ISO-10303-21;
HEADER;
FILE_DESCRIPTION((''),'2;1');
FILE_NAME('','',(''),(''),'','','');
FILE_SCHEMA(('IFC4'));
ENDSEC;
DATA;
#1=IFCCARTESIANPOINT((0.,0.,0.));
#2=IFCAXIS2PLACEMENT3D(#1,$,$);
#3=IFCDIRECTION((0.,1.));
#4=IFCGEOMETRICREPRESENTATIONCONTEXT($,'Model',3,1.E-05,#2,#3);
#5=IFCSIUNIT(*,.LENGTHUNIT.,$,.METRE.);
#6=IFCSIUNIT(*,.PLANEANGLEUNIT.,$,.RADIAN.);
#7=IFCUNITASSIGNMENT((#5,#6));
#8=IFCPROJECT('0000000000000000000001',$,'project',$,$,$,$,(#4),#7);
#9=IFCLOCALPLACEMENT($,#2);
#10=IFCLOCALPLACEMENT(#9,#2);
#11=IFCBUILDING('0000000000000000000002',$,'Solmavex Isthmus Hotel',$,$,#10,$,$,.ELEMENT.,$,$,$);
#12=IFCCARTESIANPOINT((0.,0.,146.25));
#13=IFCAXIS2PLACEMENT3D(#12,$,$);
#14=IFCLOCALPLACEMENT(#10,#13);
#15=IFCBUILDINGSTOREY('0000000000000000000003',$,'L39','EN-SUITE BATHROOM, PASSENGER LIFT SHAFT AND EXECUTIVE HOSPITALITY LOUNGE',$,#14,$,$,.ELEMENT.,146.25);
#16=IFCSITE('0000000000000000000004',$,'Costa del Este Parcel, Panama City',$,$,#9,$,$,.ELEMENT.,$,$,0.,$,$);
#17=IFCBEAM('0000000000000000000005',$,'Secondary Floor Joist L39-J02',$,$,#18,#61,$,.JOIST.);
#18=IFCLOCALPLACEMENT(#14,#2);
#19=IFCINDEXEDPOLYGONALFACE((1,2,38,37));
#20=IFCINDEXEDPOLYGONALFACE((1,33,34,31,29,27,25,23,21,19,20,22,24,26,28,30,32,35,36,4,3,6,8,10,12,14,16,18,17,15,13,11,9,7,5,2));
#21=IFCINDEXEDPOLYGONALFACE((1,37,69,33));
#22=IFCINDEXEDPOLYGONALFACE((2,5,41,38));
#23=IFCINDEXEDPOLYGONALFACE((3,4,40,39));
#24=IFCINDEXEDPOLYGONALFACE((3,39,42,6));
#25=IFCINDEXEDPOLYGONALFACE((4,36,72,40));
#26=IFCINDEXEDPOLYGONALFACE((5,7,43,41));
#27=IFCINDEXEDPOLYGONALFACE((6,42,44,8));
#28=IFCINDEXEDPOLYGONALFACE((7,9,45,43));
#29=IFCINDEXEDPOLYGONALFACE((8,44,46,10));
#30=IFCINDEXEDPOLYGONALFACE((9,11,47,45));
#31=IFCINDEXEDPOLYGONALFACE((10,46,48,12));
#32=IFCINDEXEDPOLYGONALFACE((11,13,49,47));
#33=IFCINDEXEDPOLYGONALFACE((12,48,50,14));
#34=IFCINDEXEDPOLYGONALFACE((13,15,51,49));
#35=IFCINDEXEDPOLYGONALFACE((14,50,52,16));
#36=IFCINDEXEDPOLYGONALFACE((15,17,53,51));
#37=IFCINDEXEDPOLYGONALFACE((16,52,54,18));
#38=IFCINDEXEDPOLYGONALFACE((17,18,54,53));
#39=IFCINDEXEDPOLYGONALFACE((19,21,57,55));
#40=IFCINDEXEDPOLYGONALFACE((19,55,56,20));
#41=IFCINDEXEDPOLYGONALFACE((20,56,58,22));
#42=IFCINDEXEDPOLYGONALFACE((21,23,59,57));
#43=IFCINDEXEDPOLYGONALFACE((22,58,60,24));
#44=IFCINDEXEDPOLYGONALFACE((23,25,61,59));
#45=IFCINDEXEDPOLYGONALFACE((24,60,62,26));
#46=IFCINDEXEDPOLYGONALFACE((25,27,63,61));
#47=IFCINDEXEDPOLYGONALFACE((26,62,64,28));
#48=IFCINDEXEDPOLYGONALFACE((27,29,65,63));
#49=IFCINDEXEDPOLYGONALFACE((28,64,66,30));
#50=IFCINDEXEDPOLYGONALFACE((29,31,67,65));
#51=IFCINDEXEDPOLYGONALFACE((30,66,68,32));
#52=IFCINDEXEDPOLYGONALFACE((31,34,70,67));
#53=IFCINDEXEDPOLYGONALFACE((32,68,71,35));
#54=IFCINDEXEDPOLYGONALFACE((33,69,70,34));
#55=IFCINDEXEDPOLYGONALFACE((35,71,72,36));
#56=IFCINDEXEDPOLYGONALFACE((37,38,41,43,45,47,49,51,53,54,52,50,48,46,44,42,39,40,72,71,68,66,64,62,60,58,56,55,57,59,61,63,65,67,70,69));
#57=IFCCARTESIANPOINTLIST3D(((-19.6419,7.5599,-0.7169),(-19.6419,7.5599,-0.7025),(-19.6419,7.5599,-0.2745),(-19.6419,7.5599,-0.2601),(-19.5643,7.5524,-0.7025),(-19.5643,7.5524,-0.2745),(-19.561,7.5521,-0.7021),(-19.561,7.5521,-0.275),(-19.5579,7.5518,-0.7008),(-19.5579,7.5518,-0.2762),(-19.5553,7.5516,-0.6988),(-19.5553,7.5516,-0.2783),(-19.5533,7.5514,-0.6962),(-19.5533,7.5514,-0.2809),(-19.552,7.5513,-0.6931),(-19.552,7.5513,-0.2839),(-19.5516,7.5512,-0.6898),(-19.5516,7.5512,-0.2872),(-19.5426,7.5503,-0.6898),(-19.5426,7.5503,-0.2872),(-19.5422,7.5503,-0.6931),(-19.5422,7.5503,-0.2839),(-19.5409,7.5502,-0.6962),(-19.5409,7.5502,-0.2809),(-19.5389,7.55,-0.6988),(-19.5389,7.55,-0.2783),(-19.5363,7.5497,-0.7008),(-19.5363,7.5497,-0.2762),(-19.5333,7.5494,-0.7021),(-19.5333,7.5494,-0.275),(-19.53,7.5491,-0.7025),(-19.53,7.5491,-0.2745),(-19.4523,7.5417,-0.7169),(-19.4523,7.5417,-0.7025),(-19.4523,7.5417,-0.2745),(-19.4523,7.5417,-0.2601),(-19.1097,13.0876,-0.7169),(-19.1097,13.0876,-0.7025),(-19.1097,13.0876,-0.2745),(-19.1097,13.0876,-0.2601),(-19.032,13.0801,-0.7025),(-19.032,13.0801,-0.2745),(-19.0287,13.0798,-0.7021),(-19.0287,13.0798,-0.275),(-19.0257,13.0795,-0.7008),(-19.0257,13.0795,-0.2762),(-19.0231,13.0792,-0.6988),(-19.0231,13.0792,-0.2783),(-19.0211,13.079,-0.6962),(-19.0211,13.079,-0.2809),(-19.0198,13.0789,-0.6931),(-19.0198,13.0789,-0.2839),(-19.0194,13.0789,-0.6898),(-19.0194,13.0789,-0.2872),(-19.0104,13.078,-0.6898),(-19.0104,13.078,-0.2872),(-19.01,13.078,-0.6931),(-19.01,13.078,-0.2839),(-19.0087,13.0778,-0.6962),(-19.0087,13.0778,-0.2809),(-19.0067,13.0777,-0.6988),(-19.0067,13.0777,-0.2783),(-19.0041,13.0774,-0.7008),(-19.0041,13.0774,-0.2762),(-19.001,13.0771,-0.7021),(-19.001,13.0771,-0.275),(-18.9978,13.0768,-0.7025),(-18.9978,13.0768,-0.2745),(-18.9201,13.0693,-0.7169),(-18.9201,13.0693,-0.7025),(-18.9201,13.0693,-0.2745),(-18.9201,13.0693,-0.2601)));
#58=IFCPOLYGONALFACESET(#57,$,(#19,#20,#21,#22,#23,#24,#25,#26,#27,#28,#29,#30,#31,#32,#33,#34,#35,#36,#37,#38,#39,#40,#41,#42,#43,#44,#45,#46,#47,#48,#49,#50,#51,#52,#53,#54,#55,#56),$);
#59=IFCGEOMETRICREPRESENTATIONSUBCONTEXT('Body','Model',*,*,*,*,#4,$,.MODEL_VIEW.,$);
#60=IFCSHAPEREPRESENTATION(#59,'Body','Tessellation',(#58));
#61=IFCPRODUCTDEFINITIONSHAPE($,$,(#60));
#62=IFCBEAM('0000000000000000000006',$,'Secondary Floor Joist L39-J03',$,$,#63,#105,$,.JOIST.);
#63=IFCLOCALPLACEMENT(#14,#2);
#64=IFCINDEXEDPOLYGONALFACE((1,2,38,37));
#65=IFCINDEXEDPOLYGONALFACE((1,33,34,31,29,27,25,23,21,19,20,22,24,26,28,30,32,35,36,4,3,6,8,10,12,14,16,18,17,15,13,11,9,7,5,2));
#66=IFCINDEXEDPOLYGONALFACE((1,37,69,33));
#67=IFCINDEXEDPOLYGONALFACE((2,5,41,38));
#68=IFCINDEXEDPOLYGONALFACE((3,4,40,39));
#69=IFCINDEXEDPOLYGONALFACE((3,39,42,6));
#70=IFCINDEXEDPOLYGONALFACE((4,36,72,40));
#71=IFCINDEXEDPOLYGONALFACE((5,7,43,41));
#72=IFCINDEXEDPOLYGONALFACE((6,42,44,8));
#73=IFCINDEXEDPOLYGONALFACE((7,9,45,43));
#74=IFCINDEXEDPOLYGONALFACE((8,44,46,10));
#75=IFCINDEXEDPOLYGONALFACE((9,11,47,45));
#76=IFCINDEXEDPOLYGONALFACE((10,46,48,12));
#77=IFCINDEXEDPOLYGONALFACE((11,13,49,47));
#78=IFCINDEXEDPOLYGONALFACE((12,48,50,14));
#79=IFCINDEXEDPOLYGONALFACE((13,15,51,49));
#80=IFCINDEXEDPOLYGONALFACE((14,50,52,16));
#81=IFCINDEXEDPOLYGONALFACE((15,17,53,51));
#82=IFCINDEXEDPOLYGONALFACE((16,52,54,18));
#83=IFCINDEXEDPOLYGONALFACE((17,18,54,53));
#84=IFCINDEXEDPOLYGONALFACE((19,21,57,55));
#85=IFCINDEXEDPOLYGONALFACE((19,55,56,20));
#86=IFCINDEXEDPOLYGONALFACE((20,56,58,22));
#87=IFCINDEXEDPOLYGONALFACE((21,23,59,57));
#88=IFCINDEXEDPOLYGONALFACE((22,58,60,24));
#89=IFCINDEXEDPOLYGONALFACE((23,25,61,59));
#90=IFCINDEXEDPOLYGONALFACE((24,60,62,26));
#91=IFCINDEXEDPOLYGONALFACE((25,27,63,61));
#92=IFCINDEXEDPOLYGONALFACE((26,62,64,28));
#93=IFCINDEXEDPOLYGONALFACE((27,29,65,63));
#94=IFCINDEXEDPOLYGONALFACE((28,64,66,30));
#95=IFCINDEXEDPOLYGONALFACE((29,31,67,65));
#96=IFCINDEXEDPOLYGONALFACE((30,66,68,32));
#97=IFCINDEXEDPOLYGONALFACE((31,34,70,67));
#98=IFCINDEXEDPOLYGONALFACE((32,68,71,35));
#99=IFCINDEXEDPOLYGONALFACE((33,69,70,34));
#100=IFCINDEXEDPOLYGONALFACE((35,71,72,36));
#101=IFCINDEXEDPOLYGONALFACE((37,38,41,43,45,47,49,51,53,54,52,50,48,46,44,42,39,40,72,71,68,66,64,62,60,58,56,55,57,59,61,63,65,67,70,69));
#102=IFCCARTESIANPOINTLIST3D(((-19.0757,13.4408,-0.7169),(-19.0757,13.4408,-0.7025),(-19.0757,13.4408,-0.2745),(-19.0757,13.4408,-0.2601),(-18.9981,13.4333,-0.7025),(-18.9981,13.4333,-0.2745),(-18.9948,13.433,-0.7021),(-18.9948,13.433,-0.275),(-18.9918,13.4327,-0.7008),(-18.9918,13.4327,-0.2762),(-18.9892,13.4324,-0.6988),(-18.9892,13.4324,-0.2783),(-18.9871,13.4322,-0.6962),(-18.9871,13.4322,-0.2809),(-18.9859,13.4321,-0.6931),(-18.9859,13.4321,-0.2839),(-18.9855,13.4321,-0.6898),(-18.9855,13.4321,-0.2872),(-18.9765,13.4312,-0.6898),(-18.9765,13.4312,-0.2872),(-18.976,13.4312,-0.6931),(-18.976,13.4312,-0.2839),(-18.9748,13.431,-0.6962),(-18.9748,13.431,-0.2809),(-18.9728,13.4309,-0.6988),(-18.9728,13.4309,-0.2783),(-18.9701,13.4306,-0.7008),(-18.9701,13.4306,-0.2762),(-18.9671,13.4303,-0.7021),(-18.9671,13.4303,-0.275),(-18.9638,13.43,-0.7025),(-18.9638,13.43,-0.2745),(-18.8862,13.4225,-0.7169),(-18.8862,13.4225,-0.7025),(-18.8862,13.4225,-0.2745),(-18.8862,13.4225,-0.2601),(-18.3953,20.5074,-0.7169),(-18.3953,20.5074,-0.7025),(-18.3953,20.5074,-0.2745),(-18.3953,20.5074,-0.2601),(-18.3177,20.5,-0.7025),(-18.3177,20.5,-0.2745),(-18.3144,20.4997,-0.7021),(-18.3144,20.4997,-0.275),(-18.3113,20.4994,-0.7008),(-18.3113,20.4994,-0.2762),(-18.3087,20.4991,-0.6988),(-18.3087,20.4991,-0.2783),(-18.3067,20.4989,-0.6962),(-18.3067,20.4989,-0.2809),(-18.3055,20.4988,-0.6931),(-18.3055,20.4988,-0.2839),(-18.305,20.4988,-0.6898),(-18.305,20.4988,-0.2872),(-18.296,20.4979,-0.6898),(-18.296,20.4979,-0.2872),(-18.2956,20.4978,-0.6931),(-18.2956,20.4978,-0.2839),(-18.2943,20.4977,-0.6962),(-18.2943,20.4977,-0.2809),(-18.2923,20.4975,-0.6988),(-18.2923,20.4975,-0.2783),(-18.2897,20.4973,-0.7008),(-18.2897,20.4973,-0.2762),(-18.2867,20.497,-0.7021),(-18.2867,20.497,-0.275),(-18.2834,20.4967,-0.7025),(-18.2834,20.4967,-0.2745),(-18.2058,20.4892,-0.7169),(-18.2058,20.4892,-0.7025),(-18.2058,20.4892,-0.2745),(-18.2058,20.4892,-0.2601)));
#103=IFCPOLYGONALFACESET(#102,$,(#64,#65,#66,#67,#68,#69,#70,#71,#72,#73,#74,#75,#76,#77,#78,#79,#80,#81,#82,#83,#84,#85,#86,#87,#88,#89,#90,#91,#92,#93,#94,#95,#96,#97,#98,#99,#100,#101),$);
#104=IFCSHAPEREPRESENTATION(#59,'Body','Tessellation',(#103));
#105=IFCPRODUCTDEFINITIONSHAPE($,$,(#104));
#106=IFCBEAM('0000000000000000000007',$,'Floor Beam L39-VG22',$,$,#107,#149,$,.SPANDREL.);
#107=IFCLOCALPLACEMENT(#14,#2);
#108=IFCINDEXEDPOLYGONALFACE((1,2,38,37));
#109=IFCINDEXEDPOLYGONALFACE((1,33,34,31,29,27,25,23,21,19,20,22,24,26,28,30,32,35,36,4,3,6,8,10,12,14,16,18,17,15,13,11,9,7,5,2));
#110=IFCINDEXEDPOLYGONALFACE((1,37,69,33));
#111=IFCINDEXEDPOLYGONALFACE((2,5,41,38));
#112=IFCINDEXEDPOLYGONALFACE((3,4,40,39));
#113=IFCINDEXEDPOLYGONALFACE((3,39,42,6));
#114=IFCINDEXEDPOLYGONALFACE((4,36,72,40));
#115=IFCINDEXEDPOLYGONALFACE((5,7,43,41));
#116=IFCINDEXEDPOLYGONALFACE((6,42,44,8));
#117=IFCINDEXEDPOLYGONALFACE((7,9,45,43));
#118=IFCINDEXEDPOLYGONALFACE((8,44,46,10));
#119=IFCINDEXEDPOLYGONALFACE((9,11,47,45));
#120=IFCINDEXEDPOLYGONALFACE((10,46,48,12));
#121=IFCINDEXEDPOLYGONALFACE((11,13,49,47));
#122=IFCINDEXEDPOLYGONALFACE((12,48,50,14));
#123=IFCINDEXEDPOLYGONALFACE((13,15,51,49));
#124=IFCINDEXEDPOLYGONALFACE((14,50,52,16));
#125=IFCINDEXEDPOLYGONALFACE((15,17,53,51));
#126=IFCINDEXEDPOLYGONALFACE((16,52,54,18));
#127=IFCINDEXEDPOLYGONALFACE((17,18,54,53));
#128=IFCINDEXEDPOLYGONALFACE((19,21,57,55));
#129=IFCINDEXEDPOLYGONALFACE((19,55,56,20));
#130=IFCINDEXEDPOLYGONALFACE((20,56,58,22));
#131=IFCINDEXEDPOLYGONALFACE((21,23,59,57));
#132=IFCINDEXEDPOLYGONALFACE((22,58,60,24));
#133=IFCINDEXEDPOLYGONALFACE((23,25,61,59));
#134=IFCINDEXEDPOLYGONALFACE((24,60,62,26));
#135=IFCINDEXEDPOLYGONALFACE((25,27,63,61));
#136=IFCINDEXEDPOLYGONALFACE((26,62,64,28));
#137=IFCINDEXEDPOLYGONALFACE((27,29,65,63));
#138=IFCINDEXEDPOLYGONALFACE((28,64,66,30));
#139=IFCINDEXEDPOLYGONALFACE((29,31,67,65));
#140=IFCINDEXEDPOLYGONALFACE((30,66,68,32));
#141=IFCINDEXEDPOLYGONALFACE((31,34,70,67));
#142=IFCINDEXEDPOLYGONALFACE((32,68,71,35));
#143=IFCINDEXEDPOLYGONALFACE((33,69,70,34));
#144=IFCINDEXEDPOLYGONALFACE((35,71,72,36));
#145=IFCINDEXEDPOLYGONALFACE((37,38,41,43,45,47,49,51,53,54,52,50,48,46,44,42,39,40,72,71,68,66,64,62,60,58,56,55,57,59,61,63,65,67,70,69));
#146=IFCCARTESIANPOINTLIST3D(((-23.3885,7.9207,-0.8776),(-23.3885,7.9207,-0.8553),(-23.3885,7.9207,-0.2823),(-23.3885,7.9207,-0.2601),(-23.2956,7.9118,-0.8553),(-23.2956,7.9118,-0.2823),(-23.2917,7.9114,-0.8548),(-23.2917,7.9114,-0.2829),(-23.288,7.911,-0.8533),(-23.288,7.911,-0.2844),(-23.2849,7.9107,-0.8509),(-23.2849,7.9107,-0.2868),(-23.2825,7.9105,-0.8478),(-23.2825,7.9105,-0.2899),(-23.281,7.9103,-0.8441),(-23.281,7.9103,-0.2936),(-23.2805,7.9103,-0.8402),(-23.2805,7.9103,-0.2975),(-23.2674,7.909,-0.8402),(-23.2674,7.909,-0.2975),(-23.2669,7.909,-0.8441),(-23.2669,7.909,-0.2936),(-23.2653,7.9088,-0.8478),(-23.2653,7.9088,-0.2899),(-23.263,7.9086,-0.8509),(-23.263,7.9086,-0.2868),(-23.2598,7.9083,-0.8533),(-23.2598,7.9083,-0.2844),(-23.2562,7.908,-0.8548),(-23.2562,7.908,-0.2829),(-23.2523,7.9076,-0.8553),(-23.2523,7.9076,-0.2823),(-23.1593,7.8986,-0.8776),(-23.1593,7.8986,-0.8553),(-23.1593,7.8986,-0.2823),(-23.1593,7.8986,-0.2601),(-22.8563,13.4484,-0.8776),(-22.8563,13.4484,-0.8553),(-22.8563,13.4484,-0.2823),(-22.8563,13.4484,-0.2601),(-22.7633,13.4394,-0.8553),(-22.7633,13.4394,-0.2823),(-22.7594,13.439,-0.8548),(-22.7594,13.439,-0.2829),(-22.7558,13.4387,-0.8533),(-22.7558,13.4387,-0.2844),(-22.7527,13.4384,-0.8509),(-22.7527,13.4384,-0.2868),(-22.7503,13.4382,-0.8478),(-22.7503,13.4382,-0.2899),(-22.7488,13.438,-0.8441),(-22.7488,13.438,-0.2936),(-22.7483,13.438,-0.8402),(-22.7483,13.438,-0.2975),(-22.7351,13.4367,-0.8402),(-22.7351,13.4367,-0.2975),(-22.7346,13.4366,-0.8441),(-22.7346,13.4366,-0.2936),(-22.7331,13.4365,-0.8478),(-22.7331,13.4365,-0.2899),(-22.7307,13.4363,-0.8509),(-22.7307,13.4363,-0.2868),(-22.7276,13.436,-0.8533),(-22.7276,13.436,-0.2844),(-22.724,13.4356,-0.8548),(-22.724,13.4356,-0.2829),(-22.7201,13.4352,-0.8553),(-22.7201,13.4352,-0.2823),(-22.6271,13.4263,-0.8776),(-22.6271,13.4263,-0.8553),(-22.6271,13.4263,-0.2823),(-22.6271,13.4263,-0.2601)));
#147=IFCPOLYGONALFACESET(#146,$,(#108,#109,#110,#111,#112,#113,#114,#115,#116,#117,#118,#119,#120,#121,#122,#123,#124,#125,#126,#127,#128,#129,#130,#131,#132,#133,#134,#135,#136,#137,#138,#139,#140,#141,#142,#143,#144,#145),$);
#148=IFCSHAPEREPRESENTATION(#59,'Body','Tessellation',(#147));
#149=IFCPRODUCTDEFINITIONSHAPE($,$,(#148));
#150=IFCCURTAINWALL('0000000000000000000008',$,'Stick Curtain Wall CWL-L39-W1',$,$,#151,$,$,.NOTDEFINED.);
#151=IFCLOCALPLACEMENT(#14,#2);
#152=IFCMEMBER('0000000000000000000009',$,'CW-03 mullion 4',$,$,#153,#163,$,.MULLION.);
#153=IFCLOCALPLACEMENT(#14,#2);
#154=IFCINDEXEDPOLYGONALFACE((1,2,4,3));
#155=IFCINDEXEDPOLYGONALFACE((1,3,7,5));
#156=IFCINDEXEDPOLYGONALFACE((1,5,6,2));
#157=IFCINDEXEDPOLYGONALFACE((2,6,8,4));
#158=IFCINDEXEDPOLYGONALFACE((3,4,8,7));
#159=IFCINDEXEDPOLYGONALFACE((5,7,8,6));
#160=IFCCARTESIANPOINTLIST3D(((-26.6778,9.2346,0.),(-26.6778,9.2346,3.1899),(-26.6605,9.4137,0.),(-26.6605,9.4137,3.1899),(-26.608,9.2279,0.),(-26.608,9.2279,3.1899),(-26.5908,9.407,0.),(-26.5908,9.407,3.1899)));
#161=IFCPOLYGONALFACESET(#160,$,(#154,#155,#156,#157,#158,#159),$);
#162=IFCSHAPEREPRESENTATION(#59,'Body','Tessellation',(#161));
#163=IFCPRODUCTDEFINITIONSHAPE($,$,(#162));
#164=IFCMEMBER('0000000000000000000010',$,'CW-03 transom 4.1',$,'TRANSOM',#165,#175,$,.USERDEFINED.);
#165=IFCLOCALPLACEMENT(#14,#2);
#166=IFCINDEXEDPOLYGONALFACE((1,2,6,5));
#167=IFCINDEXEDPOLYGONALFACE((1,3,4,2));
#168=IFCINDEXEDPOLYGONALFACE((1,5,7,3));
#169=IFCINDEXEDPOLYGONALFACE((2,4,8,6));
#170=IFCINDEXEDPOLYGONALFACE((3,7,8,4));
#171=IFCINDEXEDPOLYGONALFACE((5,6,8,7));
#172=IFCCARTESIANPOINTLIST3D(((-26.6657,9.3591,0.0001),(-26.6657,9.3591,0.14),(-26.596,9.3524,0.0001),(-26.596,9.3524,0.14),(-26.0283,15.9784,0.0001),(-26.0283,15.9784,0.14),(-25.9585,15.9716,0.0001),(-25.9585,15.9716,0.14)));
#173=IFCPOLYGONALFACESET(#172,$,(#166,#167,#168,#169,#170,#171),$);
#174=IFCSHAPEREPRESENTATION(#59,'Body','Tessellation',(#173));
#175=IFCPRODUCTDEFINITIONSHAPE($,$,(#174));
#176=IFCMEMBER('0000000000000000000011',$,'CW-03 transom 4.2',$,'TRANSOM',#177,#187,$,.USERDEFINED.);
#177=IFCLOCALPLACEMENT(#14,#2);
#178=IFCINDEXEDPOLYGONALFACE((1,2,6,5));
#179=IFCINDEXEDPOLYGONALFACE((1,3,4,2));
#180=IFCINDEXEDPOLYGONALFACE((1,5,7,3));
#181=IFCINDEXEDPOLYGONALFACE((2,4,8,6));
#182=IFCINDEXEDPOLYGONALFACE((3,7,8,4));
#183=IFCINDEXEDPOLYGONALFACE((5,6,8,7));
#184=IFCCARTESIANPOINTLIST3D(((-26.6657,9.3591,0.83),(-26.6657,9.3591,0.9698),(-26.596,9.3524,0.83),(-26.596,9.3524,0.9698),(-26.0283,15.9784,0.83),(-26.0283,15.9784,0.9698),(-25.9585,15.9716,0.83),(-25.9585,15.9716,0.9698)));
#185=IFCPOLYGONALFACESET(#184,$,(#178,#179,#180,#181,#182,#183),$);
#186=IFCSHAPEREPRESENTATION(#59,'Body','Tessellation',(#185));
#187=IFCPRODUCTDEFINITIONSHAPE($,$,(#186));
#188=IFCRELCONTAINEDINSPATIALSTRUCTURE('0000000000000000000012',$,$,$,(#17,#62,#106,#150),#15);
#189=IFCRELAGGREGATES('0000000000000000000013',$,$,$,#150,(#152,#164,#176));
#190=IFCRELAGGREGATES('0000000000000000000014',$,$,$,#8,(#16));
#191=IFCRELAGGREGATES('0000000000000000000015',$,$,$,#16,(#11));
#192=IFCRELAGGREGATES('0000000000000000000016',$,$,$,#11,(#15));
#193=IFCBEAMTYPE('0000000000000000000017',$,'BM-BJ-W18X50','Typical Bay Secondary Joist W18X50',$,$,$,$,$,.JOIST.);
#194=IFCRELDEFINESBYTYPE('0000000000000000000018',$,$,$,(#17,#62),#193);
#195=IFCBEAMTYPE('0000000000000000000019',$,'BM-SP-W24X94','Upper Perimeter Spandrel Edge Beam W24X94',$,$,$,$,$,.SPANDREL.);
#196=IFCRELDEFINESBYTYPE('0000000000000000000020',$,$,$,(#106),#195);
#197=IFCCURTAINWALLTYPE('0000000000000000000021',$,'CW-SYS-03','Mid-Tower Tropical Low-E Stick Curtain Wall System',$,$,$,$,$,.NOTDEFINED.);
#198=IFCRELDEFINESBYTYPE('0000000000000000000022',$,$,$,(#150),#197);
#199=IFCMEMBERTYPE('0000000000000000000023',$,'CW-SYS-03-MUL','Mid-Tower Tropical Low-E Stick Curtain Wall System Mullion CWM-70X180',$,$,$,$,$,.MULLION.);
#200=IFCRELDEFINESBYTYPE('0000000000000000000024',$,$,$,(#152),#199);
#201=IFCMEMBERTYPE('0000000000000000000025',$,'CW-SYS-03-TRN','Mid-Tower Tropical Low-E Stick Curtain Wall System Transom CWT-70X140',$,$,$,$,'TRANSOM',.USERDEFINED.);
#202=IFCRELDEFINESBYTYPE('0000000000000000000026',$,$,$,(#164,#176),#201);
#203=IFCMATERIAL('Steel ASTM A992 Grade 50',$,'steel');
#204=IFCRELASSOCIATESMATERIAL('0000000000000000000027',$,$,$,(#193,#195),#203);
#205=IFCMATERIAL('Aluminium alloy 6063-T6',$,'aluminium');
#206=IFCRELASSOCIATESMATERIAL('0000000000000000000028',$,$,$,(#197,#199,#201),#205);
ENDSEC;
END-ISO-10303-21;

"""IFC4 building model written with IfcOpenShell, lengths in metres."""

from ifc_helpers import new_model, si_unit, direction, frame, origin, origin_2d, place, context, subcontext, project, spatial, rectangle, i_section, extrude, material, material_profile, profile_set, type_object, element, aggregate, save


model = new_model("IFC4")

# Units and contexts
model_context = context("Model", 3, precision=1e-05, world=origin(), true_north=direction((0.0, 1.0)))
body_context = subcontext(model_context, "Body", "Model", "MODEL_VIEW")
ifc_project = project(units=[si_unit("LENGTHUNIT", "METRE"), si_unit("PLANEANGLEUNIT", "RADIAN")], contexts=[model_context])

# Site, building, storey
site_placement = place(None, origin())
site = spatial("IfcSite", under=ifc_project, at=site_placement, Name="Costa del Este Parcel, Panama City", CompositionType="ELEMENT", RefElevation=0.0)
building_placement = place(site_placement, origin())
building = spatial("IfcBuilding", under=site, at=building_placement, Name="Solmavex Isthmus Hotel", CompositionType="ELEMENT")
storey_placement = place(building_placement, frame((0.0, 0.0, 146.25)))
storey = spatial("IfcBuildingStorey", under=building, at=storey_placement, Name="L39", Description="EN-SUITE BATHROOM, PASSENGER LIFT SHAFT AND EXECUTIVE HOSPITALITY LOUNGE", CompositionType="ELEMENT", Elevation=146.25)

# Beams
ifc_material_1 = material(Name="Steel ASTM A992 Grade 50", Category="steel")
ifc_material_profile_1 = material_profile(ifc_material_1, i_section(OverallWidth=0.1904, OverallDepth=0.4568, WebThickness=0.009, FlangeThickness=0.0144, FilletRadius=0.0127, at=origin_2d()), Name="W18X50")
ifc_profile_set_1 = profile_set([ifc_material_profile_1], Name="Steel ASTM A992 Grade 50")
beam_type_1 = type_object("IfcBeamType", Name="BM-BJ-W18X50", Description="Typical Bay Secondary Joist W18X50", PredefinedType="JOIST", material=ifc_profile_set_1)
beam_1_placement = place(storey_placement, frame((-19.5471, 7.5508, -0.4885), z_axis=(0.095842, 0.995397, 0.0), x_axis=(-0.995397, 0.095842, 0.0)))
element("IfcBeam", 1, at=beam_1_placement, inside=storey, type_object=beam_type_1, Name="Secondary Floor Joist L39-J02", PredefinedType="JOIST", context=body_context, shape_type="SweptSolid", body=[
    extrude(i_section(OverallWidth=0.1904, OverallDepth=0.4568, WebThickness=0.009, FlangeThickness=0.0144, FilletRadius=0.0127, at=origin_2d()), origin(), (0.0, 0.0, 1.0), 5.5532),
])
beam_2_placement = place(storey_placement, frame((-18.981, 13.4316, -0.4885), z_axis=(0.095843, 0.995396, 0.0), x_axis=(-0.995396, 0.095843, 0.0)))
element("IfcBeam", 2, at=beam_2_placement, inside=storey, type_object=beam_type_1, Name="Secondary Floor Joist L39-J03", PredefinedType="JOIST", context=body_context, shape_type="SweptSolid", body=[
    extrude(i_section(OverallWidth=0.1904, OverallDepth=0.4568, WebThickness=0.009, FlangeThickness=0.0144, FilletRadius=0.0127, at=origin_2d()), origin(), (0.0, 0.0, 1.0), 7.0994),
])
ifc_material_profile_2 = material_profile(ifc_material_1, i_section(OverallWidth=0.2302, OverallDepth=0.6174, WebThickness=0.0132, FlangeThickness=0.0222, FilletRadius=0.0151, at=origin_2d()), Name="W24X94")
ifc_profile_set_2 = profile_set([ifc_material_profile_2], Name="Steel ASTM A992 Grade 50")
beam_type_2 = type_object("IfcBeamType", Name="BM-SP-W24X94", Description="Upper Perimeter Spandrel Edge Beam W24X94", PredefinedType="SPANDREL", material=ifc_profile_set_2)
beam_3_placement = place(storey_placement, frame((-23.2739, 7.9097, -0.5688), z_axis=(0.095842, 0.995397, 0.0), x_axis=(-0.995397, 0.095842, 0.0)))
element("IfcBeam", 3, at=beam_3_placement, inside=storey, type_object=beam_type_2, Name="Floor Beam L39-VG22", PredefinedType="SPANDREL", context=body_context, shape_type="SweptSolid", body=[
    extrude(i_section(OverallWidth=0.2302, OverallDepth=0.6174, WebThickness=0.0132, FlangeThickness=0.0222, FilletRadius=0.0151, at=origin_2d()), origin(), (0.0, 0.0, 1.0), 5.5532),
])

# Curtain wall, members
ifc_material_2 = material(Name="Aluminium alloy 6063-T6", Category="aluminium")
curtain_wall_type = type_object("IfcCurtainWallType", Name="CW-SYS-03", Description="Mid-Tower Tropical Low-E Stick Curtain Wall System", PredefinedType="NOTDEFINED", material=ifc_material_2)
curtain_wall_placement = place(storey_placement, origin())
curtain_wall = element("IfcCurtainWall", 4, at=curtain_wall_placement, inside=storey, type_object=curtain_wall_type, Name="Stick Curtain Wall CWL-L39-W1", PredefinedType="NOTDEFINED")
ifc_material_profile_3 = material_profile(ifc_material_2, rectangle(XDim=0.0701, YDim=0.1799, at=origin_2d()), Name="CWM-70X180")
ifc_profile_set_3 = profile_set([ifc_material_profile_3], Name="Aluminium alloy 6063-T6")
member_type_1 = type_object("IfcMemberType", Name="CW-SYS-03-MUL", Description="Mid-Tower Tropical Low-E Stick Curtain Wall System Mullion CWM-70X180", PredefinedType="MULLION", material=ifc_profile_set_3)
member_1_placement = place(storey_placement, frame((-26.6343, 9.3208, 0.0), z_axis=(0.0, 0.0, 1.0), x_axis=(-0.995396, 0.095846, 0.0)))
member_1 = element("IfcMember", 5, at=member_1_placement, type_object=member_type_1, Name="CW-03 mullion 4", PredefinedType="MULLION", context=body_context, shape_type="SweptSolid", body=[
    extrude(rectangle(XDim=0.0701, YDim=0.1799, at=origin_2d()), origin(), (0.0, 0.0, 1.0), 3.1899),
])
ifc_material_profile_4 = material_profile(ifc_material_2, rectangle(XDim=0.0701, YDim=0.1399, at=origin_2d()), Name="CWT-70X140")
ifc_profile_set_4 = profile_set([ifc_material_profile_4], Name="Aluminium alloy 6063-T6")
member_type_2 = type_object("IfcMemberType", Name="CW-SYS-03-TRN", Description="Mid-Tower Tropical Low-E Stick Curtain Wall System Transom CWT-70X140", ElementType="TRANSOM", PredefinedType="USERDEFINED", material=ifc_profile_set_4)
member_2_placement = place(storey_placement, frame((-26.6309, 9.3557, 0.0701), z_axis=(0.095857, 0.995395, 0.0), x_axis=(-0.995395, 0.095857, 0.0)))
member_2 = element("IfcMember", 6, at=member_2_placement, type_object=member_type_2, Name="CW-03 transom 4.1", ObjectType="TRANSOM", PredefinedType="USERDEFINED", context=body_context, shape_type="SweptSolid", body=[
    extrude(rectangle(XDim=0.0701, YDim=0.1399, at=origin_2d()), origin(), (0.0, 0.0, 1.0), 6.6499),
])
member_3_placement = place(storey_placement, frame((-26.6309, 9.3557, 0.8999), z_axis=(0.095857, 0.995395, 0.0), x_axis=(-0.995395, 0.095857, 0.0)))
member_3 = element("IfcMember", 7, at=member_3_placement, type_object=member_type_2, Name="CW-03 transom 4.2", ObjectType="TRANSOM", PredefinedType="USERDEFINED", context=body_context, shape_type="SweptSolid", body=[
    extrude(rectangle(XDim=0.0701, YDim=0.1399, at=origin_2d()), origin(), (0.0, 0.0, 1.0), 6.6499),
])
aggregate(curtain_wall, [member_1, member_2, member_3])

save(model, "model.ifc")
